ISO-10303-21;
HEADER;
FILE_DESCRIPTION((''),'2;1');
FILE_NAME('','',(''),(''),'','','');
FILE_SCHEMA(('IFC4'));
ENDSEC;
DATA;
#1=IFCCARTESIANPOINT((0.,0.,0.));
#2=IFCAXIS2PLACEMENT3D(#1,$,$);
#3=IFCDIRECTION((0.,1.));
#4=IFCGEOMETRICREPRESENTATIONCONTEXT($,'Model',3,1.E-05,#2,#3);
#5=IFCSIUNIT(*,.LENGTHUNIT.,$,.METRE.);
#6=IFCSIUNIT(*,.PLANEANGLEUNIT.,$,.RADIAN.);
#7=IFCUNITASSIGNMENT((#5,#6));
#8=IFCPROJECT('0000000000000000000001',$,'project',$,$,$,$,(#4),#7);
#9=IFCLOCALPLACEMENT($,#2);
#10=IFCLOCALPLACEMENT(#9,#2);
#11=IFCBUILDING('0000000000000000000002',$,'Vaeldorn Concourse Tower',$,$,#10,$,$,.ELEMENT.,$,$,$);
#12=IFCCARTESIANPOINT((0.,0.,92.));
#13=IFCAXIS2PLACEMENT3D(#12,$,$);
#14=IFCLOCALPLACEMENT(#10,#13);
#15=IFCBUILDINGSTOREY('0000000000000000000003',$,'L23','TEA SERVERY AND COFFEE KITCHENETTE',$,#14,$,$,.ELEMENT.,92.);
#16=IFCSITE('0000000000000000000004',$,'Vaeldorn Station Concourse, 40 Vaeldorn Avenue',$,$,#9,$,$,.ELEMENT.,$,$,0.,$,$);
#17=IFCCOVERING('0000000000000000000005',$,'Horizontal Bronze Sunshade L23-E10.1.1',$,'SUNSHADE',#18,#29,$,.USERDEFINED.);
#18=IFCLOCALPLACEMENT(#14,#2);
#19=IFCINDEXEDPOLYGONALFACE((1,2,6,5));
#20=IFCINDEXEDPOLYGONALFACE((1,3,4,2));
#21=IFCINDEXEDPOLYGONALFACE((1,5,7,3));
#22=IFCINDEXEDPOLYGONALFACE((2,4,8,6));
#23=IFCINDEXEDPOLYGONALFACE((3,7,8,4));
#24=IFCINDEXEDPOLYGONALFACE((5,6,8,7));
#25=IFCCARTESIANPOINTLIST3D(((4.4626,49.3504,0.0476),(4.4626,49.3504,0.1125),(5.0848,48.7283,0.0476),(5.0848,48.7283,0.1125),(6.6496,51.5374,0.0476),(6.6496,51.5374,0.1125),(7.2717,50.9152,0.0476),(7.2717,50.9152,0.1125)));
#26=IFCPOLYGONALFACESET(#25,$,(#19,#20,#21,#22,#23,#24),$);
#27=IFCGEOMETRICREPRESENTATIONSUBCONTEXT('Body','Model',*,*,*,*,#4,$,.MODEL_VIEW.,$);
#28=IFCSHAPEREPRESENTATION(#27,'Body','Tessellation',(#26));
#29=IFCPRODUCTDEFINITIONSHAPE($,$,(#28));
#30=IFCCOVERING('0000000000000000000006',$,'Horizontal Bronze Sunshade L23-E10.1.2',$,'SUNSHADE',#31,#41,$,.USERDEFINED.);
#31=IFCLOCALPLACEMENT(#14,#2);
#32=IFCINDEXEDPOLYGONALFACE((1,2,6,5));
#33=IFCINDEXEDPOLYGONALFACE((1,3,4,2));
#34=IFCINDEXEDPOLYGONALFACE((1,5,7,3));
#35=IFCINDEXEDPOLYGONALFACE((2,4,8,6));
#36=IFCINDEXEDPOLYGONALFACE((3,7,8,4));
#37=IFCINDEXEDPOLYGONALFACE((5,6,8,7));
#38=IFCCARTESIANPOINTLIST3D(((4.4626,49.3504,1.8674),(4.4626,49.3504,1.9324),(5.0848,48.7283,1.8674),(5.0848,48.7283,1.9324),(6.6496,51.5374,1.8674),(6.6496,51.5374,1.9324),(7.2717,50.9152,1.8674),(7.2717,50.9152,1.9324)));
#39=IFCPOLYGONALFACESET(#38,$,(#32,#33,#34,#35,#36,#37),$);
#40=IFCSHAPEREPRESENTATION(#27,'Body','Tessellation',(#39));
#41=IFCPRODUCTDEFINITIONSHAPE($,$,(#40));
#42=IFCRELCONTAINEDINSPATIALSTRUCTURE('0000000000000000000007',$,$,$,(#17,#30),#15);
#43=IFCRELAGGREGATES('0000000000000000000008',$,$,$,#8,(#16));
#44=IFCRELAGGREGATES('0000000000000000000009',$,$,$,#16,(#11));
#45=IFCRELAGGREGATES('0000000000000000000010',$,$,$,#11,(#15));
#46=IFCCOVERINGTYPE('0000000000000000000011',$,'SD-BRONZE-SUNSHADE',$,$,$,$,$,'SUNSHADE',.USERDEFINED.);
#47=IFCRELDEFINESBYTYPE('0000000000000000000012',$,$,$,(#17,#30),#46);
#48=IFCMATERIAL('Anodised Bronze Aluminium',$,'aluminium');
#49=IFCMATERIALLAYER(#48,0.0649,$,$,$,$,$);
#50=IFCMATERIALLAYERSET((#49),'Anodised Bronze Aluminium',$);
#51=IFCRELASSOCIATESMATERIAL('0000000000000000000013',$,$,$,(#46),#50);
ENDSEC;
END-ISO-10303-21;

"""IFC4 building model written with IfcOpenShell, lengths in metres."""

from ifc_helpers import new_model, si_unit, direction, frame, origin, origin_2d, place, context, subcontext, project, spatial, rectangle, extrude, source, transform, mapped, material, layer, layer_set, type_object, element, save


model = new_model("IFC4")

# Units and contexts
model_context = context("Model", 3, precision=1e-05, world=origin(), true_north=direction((0.0, 1.0)))
body_context = subcontext(model_context, "Body", "Model", "MODEL_VIEW")
ifc_project = project(units=[si_unit("LENGTHUNIT", "METRE"), si_unit("PLANEANGLEUNIT", "RADIAN")], contexts=[model_context])

# Site, building, storey
site_placement = place(None, origin())
site = spatial("IfcSite", under=ifc_project, at=site_placement, Name="Vaeldorn Station Concourse, 40 Vaeldorn Avenue", CompositionType="ELEMENT", RefElevation=0.0)
building_placement = place(site_placement, origin())
building = spatial("IfcBuilding", under=site, at=building_placement, Name="Vaeldorn Concourse Tower", CompositionType="ELEMENT")
storey_placement = place(building_placement, frame((0.0, 0.0, 92.0)))
storey = spatial("IfcBuildingStorey", under=building, at=storey_placement, Name="L23", Description="TEA SERVERY AND COFFEE KITCHENETTE", CompositionType="ELEMENT", Elevation=92.0)

# Shared definitions
ifc_material_1 = material(Name="Anodised Bronze Aluminium", Category="aluminium")

# Coverings
ifc_layer_1 = layer(ifc_material_1, 0.0649)
ifc_layer_set_1 = layer_set([ifc_layer_1], Name="Anodised Bronze Aluminium")
covering_type = type_object("IfcCoveringType", Name="SD-BRONZE-SUNSHADE", ElementType="SUNSHADE", PredefinedType="USERDEFINED", material=ifc_layer_set_1)
shared_shape_1 = source(origin(), body_context, "Body", "SweptSolid", [
    extrude(rectangle(XDim=3.0928, YDim=0.8799, at=origin_2d()), origin(), (0.0, 0.0, 1.0), 0.0649),
])
for number, where, z_axis, x_axis, name in (
    (1, (5.8672, 50.1328, 0.0476), (0.0, 0.0, 1.0), (-0.707107, -0.707107, 0.0), "Horizontal Bronze Sunshade L23-E10.1.1"),
    (2, (5.8672, 50.1328, 1.8674), (0.0, 0.0, 1.0), (-0.707107, -0.707107, 0.0), "Horizontal Bronze Sunshade L23-E10.1.2"),
):
    element("IfcCovering", number, at=place(storey_placement, frame(where, z_axis=z_axis, x_axis=x_axis)), inside=storey, type_object=covering_type, Name=name, ObjectType="SUNSHADE", PredefinedType="USERDEFINED", context=body_context, shape_type="MappedRepresentation", body=[
        mapped(shared_shape_1, transform((0.0, 0.0, 0.0), scale=1.0)),
    ])

save(model, "model.ifc")
